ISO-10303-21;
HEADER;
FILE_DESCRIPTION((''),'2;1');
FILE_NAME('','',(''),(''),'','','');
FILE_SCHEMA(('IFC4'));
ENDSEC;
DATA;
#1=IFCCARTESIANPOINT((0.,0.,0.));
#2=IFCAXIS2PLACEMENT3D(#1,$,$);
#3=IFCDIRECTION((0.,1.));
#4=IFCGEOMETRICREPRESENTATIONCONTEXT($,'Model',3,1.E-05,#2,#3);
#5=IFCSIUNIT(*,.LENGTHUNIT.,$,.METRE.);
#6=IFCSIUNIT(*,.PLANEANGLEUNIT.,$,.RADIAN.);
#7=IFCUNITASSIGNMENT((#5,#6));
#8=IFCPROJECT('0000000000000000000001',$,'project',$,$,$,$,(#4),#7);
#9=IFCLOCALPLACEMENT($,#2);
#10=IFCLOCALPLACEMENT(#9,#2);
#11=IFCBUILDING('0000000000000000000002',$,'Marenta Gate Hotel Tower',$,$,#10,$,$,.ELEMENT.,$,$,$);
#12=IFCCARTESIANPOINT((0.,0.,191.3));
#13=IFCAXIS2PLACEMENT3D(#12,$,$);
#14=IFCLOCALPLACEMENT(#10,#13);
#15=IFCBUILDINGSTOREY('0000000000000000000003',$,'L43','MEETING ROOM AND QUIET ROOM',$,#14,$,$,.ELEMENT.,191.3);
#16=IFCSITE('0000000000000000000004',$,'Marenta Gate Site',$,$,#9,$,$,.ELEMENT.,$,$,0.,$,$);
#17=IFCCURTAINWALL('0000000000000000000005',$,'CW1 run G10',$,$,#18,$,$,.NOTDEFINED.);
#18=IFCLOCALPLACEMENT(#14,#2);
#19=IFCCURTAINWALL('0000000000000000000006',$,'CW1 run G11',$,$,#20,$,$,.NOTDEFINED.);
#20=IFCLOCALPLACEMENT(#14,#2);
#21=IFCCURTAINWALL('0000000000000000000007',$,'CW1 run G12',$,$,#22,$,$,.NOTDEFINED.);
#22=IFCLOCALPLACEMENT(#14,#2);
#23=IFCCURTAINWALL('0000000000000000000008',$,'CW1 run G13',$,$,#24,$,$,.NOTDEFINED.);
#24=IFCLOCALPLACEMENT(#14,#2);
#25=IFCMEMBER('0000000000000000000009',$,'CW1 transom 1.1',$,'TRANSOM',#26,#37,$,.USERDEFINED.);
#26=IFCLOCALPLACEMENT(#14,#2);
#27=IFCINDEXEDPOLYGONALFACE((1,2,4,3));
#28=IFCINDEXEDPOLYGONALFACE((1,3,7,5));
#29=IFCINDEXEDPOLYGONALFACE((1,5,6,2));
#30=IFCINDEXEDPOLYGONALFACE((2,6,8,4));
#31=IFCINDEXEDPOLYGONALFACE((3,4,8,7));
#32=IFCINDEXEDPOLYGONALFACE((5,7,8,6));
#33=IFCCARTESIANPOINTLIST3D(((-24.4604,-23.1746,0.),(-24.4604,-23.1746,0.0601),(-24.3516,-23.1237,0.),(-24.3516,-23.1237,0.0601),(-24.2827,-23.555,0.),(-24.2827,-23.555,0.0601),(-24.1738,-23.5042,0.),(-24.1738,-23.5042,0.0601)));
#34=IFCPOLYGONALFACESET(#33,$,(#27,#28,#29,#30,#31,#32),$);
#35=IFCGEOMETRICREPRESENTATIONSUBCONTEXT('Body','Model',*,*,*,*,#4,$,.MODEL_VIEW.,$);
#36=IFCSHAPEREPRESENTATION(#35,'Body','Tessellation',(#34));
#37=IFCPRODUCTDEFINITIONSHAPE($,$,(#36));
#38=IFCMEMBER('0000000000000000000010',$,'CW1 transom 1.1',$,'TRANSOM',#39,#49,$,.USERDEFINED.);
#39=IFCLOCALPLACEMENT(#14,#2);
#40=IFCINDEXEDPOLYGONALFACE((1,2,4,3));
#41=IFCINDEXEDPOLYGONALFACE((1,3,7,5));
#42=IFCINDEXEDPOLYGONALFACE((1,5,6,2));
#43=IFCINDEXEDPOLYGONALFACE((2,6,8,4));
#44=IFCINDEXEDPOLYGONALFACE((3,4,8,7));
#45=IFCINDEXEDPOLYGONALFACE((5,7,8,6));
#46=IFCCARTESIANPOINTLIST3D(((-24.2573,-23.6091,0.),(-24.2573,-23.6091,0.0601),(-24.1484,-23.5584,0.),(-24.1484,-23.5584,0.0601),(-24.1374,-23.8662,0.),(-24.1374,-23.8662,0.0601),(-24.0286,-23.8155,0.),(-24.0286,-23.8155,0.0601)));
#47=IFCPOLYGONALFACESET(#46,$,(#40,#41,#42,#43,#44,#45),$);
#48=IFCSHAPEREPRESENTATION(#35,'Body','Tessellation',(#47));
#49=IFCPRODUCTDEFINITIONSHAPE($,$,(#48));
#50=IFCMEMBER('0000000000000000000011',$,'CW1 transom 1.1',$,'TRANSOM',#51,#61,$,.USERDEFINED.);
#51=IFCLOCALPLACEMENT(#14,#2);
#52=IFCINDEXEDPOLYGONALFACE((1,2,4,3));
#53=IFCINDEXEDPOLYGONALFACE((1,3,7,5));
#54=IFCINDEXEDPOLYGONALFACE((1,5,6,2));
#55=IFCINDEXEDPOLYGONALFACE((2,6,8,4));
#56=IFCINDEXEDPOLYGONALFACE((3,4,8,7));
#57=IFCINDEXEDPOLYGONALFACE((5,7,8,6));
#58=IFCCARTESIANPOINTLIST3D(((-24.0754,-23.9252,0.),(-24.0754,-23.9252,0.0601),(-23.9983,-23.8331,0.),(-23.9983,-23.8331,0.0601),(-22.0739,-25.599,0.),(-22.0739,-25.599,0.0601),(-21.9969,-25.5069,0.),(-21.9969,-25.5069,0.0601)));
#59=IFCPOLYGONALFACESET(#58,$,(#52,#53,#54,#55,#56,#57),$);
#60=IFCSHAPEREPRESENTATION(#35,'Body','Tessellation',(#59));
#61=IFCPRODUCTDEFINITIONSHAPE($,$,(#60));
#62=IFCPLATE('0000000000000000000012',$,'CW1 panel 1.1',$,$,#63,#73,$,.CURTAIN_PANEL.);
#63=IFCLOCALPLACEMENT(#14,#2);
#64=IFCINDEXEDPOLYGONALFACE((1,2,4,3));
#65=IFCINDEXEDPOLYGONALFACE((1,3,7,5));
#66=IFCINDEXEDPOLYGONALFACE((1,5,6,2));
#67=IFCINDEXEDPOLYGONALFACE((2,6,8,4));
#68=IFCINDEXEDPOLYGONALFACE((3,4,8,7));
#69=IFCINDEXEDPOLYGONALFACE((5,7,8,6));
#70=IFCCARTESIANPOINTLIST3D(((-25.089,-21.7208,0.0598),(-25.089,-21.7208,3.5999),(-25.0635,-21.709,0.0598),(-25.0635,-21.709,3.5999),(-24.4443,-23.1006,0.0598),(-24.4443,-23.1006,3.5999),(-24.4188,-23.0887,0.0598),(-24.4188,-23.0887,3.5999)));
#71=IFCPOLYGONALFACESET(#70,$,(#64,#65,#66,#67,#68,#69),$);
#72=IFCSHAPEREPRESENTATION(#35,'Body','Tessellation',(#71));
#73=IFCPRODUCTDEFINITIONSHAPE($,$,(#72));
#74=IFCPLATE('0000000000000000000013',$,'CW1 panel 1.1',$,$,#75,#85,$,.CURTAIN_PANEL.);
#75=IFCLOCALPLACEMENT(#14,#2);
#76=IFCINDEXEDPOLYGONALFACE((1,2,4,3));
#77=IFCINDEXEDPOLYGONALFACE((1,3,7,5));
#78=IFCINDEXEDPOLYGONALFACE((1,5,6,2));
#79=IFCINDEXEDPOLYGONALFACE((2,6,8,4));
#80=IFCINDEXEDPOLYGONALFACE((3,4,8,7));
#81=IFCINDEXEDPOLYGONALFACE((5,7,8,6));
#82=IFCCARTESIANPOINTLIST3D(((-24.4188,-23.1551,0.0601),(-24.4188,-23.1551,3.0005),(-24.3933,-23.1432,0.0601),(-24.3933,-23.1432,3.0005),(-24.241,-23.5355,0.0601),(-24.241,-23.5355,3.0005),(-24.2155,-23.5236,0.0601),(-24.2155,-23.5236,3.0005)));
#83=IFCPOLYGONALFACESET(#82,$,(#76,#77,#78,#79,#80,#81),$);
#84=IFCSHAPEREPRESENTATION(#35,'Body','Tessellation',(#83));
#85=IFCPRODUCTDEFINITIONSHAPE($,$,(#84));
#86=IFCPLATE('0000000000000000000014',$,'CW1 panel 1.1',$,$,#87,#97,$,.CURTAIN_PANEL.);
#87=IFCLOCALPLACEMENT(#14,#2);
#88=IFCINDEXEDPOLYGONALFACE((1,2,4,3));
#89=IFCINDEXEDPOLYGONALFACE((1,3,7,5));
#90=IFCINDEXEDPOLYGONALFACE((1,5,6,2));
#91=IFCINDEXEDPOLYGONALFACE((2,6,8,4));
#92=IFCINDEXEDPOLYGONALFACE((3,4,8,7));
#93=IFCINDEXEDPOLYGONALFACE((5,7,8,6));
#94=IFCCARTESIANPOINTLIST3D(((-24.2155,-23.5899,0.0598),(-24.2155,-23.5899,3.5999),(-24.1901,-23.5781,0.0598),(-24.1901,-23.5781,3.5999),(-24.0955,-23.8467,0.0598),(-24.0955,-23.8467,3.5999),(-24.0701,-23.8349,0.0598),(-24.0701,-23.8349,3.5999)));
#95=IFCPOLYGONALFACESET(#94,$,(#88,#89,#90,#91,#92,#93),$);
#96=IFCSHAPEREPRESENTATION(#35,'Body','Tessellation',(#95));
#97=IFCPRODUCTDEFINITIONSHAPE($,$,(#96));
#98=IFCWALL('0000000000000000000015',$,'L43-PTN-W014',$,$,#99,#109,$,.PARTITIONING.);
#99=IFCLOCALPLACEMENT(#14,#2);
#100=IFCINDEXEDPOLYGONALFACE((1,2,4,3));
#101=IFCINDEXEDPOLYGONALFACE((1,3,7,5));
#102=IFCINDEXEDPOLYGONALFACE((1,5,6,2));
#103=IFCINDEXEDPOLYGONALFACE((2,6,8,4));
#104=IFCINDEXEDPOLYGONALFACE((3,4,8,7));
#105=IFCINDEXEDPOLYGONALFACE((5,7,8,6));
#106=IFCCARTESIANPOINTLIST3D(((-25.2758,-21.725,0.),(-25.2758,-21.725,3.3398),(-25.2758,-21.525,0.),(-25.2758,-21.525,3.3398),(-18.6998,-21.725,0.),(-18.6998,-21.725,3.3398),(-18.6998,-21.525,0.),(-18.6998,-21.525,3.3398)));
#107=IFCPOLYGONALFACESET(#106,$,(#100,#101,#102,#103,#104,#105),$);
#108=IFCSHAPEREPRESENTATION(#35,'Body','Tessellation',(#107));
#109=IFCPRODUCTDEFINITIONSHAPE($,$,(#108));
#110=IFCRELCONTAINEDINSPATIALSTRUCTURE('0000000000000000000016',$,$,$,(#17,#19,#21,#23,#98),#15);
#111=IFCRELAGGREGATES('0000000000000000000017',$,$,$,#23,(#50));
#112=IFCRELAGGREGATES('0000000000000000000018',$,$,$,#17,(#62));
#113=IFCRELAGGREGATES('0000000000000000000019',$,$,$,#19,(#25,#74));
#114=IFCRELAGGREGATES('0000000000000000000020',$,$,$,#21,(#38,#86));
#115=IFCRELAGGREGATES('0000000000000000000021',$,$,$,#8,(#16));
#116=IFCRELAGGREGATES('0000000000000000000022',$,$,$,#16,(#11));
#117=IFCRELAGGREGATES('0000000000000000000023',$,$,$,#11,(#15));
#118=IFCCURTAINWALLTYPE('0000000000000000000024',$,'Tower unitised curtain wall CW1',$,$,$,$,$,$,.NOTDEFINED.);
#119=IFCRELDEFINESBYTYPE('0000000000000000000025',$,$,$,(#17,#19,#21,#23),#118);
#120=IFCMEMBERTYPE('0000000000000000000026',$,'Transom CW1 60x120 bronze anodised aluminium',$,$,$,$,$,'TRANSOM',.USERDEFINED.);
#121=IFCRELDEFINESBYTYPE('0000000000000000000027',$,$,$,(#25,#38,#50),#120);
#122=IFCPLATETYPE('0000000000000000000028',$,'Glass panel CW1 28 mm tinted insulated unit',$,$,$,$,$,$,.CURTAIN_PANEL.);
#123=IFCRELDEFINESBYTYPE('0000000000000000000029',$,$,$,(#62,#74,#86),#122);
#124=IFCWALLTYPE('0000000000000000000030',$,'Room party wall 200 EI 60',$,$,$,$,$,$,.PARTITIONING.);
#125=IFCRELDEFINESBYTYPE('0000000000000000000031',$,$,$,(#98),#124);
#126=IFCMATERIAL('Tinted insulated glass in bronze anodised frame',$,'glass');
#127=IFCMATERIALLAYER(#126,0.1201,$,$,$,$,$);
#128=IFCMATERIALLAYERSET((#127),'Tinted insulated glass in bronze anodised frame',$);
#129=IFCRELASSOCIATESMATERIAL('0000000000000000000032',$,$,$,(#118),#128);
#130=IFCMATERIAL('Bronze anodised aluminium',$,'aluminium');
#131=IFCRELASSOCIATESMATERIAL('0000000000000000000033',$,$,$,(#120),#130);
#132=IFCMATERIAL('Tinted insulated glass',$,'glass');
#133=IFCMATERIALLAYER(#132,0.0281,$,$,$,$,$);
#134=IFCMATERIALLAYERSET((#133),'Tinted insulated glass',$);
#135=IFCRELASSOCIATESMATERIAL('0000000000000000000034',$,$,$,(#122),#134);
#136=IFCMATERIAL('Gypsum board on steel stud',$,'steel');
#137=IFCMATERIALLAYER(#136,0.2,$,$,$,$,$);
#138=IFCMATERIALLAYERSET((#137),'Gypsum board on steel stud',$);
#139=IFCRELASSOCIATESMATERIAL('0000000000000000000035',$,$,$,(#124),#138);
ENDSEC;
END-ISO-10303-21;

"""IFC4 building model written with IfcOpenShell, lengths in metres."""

from ifc_helpers import new_model, si_unit, direction, frame, frame_2d, origin, origin_2d, place, context, subcontext, project, spatial, rectangle, extrude, material, layer, layer_set, material_profile, profile_set, type_object, element, aggregate, save


model = new_model("IFC4")

# Units and contexts
model_context = context("Model", 3, precision=1e-05, world=origin(), true_north=direction((0.0, 1.0)))
body_context = subcontext(model_context, "Body", "Model", "MODEL_VIEW")
ifc_project = project(units=[si_unit("LENGTHUNIT", "METRE"), si_unit("PLANEANGLEUNIT", "RADIAN")], contexts=[model_context])

# Site, building, storey
site_placement = place(None, origin())
site = spatial("IfcSite", under=ifc_project, at=site_placement, Name="Marenta Gate Site", CompositionType="ELEMENT", RefElevation=0.0)
building_placement = place(site_placement, origin())
building = spatial("IfcBuilding", under=site, at=building_placement, Name="Marenta Gate Hotel Tower", CompositionType="ELEMENT")
storey_placement = place(building_placement, frame((0.0, 0.0, 191.3)))
storey = spatial("IfcBuildingStorey", under=building, at=storey_placement, Name="L43", Description="MEETING ROOM AND QUIET ROOM", CompositionType="ELEMENT", Elevation=191.3)

# Curtain walls
ifc_material_1 = material(Name="Tinted insulated glass in bronze anodised frame", Category="glass")
ifc_layer_1 = layer(ifc_material_1, 0.1201)
ifc_layer_set_1 = layer_set([ifc_layer_1], Name="Tinted insulated glass in bronze anodised frame")
curtain_wall_type = type_object("IfcCurtainWallType", Name="Tower unitised curtain wall CW1", PredefinedType="NOTDEFINED", material=ifc_layer_set_1)
curtain_wall_1_placement = place(storey_placement, origin())
curtain_wall_1 = element("IfcCurtainWall", 1, at=curtain_wall_1_placement, inside=storey, type_object=curtain_wall_type, Name="CW1 run G10", PredefinedType="NOTDEFINED")
curtain_wall_2_placement = place(storey_placement, origin())
curtain_wall_2 = element("IfcCurtainWall", 2, at=curtain_wall_2_placement, inside=storey, type_object=curtain_wall_type, Name="CW1 run G11", PredefinedType="NOTDEFINED")
curtain_wall_3_placement = place(storey_placement, origin())
curtain_wall_3 = element("IfcCurtainWall", 3, at=curtain_wall_3_placement, inside=storey, type_object=curtain_wall_type, Name="CW1 run G12", PredefinedType="NOTDEFINED")
curtain_wall_4_placement = place(storey_placement, origin())
curtain_wall_4 = element("IfcCurtainWall", 4, at=curtain_wall_4_placement, inside=storey, type_object=curtain_wall_type, Name="CW1 run G13", PredefinedType="NOTDEFINED")

# Members
ifc_material_2 = material(Name="Bronze anodised aluminium", Category="aluminium")
ifc_material_profile_1 = material_profile(ifc_material_2, rectangle(XDim=0.1201, YDim=0.0601, at=origin_2d()), Name="Transom CW1 60x120 bronze anodised aluminium")
ifc_profile_set_1 = profile_set([ifc_material_profile_1], Name="Bronze anodised aluminium")
member_type_1 = type_object("IfcMemberType", Name="Transom CW1 60x120 bronze anodised aluminium", ElementType="TRANSOM", PredefinedType="USERDEFINED", material=ifc_profile_set_1)
member_1_placement = place(storey_placement, frame((-24.406, -23.1492, 0.03), z_axis=(0.423331, -0.905975, 0.0), x_axis=(0.905975, 0.423331, 0.0)))
member_1 = element("IfcMember", 5, at=member_1_placement, type_object=member_type_1, Name="CW1 transom 1.1", ObjectType="TRANSOM", PredefinedType="USERDEFINED", context=body_context, shape_type="SweptSolid", body=[
    extrude(rectangle(XDim=0.1201, YDim=0.0601, at=origin_2d()), origin(), (0.0, 0.0, 1.0), 0.4199),
])
member_2_placement = place(storey_placement, frame((-24.2029, -23.5837, 0.03), z_axis=(0.422603, -0.906315, 0.0), x_axis=(0.906315, 0.422603, 0.0)))
member_2 = element("IfcMember", 6, at=member_2_placement, type_object=member_type_1, Name="CW1 transom 1.1", ObjectType="TRANSOM", PredefinedType="USERDEFINED", context=body_context, shape_type="SweptSolid", body=[
    extrude(rectangle(XDim=0.1201, YDim=0.0601, at=origin_2d()), origin(), (0.0, 0.0, 1.0), 0.2837),
])
member_3_placement = place(storey_placement, frame((-24.0369, -23.8792, 0.03), z_axis=(0.7671, -0.641527, 0.0), x_axis=(0.641527, 0.7671, 0.0)))
member_3 = element("IfcMember", 7, at=member_3_placement, type_object=member_type_1, Name="CW1 transom 1.1", ObjectType="TRANSOM", PredefinedType="USERDEFINED", context=body_context, shape_type="SweptSolid", body=[
    extrude(rectangle(XDim=0.1201, YDim=0.0601, at=origin_2d()), origin(), (0.0, 0.0, 1.0), 2.6091),
])
aggregate(curtain_wall_4, [member_3])

# Plates
ifc_material_3 = material(Name="Tinted insulated glass", Category="glass")
ifc_layer_2 = layer(ifc_material_3, 0.0281)
ifc_layer_set_2 = layer_set([ifc_layer_2], Name="Tinted insulated glass")
plate_type = type_object("IfcPlateType", Name="Glass panel CW1 28 mm tinted insulated unit", PredefinedType="CURTAIN_PANEL", material=ifc_layer_set_2)
plate_1_placement = place(storey_placement, frame((-24.7539, -22.4048, 0.0598), z_axis=(0.0, 0.0, 1.0), x_axis=(0.423328, -0.905976, 0.0)))
plate_1 = element("IfcPlate", 8, at=plate_1_placement, type_object=plate_type, Name="CW1 panel 1.1", PredefinedType="CURTAIN_PANEL", context=body_context, shape_type="SweptSolid", body=[
    extrude(rectangle(XDim=1.5229, YDim=0.0281, at=origin_2d()), origin(), (0.0, 0.0, 1.0), 3.54),
])
aggregate(curtain_wall_1, [plate_1])
plate_2_placement = place(storey_placement, frame((-24.3171, -23.3394, 0.0601), z_axis=(0.0, 0.0, 1.0), x_axis=(0.423387, -0.905949, 0.0)))
plate_2 = element("IfcPlate", 9, at=plate_2_placement, type_object=plate_type, Name="CW1 panel 1.1", PredefinedType="CURTAIN_PANEL", context=body_context, shape_type="SweptSolid", body=[
    extrude(rectangle(XDim=0.4199, YDim=0.0281, at=origin_2d()), origin(), (0.0, 0.0, 1.0), 2.9404),
])
aggregate(curtain_wall_2, [member_1, plate_2])
plate_3_placement = place(storey_placement, frame((-24.1428, -23.7124, 0.0598), z_axis=(0.0, 0.0, 1.0), x_axis=(0.4233, -0.90599, 0.0)))
plate_3 = element("IfcPlate", 10, at=plate_3_placement, type_object=plate_type, Name="CW1 panel 1.1", PredefinedType="CURTAIN_PANEL", context=body_context, shape_type="SweptSolid", body=[
    extrude(rectangle(XDim=0.2834, YDim=0.0281, at=origin_2d()), origin(), (0.0, 0.0, 1.0), 3.54),
])
aggregate(curtain_wall_3, [member_2, plate_3])

# Wall
ifc_material_4 = material(Name="Gypsum board on steel stud", Category="steel")
ifc_layer_3 = layer(ifc_material_4, 0.2)
ifc_layer_set_3 = layer_set([ifc_layer_3], Name="Gypsum board on steel stud")
wall_type = type_object("IfcWallType", Name="Room party wall 200 EI 60", PredefinedType="PARTITIONING", material=ifc_layer_set_3)
wall_placement = place(storey_placement, frame((-25.2759, -21.625, 0.0), z_axis=(0.0, 0.0, 1.0), x_axis=(1.0, 0.0, 0.0)))
element("IfcWall", 11, at=wall_placement, inside=storey, type_object=wall_type, Name="L43-PTN-W014", PredefinedType="PARTITIONING", context=body_context, shape_type="SweptSolid", body=[
    extrude(rectangle(XDim=6.5759, YDim=0.2, at=frame_2d((3.2881, 0.0))), origin(), (0.0, 0.0, 1.0), 3.3398),
])

save(model, "model.ifc")
